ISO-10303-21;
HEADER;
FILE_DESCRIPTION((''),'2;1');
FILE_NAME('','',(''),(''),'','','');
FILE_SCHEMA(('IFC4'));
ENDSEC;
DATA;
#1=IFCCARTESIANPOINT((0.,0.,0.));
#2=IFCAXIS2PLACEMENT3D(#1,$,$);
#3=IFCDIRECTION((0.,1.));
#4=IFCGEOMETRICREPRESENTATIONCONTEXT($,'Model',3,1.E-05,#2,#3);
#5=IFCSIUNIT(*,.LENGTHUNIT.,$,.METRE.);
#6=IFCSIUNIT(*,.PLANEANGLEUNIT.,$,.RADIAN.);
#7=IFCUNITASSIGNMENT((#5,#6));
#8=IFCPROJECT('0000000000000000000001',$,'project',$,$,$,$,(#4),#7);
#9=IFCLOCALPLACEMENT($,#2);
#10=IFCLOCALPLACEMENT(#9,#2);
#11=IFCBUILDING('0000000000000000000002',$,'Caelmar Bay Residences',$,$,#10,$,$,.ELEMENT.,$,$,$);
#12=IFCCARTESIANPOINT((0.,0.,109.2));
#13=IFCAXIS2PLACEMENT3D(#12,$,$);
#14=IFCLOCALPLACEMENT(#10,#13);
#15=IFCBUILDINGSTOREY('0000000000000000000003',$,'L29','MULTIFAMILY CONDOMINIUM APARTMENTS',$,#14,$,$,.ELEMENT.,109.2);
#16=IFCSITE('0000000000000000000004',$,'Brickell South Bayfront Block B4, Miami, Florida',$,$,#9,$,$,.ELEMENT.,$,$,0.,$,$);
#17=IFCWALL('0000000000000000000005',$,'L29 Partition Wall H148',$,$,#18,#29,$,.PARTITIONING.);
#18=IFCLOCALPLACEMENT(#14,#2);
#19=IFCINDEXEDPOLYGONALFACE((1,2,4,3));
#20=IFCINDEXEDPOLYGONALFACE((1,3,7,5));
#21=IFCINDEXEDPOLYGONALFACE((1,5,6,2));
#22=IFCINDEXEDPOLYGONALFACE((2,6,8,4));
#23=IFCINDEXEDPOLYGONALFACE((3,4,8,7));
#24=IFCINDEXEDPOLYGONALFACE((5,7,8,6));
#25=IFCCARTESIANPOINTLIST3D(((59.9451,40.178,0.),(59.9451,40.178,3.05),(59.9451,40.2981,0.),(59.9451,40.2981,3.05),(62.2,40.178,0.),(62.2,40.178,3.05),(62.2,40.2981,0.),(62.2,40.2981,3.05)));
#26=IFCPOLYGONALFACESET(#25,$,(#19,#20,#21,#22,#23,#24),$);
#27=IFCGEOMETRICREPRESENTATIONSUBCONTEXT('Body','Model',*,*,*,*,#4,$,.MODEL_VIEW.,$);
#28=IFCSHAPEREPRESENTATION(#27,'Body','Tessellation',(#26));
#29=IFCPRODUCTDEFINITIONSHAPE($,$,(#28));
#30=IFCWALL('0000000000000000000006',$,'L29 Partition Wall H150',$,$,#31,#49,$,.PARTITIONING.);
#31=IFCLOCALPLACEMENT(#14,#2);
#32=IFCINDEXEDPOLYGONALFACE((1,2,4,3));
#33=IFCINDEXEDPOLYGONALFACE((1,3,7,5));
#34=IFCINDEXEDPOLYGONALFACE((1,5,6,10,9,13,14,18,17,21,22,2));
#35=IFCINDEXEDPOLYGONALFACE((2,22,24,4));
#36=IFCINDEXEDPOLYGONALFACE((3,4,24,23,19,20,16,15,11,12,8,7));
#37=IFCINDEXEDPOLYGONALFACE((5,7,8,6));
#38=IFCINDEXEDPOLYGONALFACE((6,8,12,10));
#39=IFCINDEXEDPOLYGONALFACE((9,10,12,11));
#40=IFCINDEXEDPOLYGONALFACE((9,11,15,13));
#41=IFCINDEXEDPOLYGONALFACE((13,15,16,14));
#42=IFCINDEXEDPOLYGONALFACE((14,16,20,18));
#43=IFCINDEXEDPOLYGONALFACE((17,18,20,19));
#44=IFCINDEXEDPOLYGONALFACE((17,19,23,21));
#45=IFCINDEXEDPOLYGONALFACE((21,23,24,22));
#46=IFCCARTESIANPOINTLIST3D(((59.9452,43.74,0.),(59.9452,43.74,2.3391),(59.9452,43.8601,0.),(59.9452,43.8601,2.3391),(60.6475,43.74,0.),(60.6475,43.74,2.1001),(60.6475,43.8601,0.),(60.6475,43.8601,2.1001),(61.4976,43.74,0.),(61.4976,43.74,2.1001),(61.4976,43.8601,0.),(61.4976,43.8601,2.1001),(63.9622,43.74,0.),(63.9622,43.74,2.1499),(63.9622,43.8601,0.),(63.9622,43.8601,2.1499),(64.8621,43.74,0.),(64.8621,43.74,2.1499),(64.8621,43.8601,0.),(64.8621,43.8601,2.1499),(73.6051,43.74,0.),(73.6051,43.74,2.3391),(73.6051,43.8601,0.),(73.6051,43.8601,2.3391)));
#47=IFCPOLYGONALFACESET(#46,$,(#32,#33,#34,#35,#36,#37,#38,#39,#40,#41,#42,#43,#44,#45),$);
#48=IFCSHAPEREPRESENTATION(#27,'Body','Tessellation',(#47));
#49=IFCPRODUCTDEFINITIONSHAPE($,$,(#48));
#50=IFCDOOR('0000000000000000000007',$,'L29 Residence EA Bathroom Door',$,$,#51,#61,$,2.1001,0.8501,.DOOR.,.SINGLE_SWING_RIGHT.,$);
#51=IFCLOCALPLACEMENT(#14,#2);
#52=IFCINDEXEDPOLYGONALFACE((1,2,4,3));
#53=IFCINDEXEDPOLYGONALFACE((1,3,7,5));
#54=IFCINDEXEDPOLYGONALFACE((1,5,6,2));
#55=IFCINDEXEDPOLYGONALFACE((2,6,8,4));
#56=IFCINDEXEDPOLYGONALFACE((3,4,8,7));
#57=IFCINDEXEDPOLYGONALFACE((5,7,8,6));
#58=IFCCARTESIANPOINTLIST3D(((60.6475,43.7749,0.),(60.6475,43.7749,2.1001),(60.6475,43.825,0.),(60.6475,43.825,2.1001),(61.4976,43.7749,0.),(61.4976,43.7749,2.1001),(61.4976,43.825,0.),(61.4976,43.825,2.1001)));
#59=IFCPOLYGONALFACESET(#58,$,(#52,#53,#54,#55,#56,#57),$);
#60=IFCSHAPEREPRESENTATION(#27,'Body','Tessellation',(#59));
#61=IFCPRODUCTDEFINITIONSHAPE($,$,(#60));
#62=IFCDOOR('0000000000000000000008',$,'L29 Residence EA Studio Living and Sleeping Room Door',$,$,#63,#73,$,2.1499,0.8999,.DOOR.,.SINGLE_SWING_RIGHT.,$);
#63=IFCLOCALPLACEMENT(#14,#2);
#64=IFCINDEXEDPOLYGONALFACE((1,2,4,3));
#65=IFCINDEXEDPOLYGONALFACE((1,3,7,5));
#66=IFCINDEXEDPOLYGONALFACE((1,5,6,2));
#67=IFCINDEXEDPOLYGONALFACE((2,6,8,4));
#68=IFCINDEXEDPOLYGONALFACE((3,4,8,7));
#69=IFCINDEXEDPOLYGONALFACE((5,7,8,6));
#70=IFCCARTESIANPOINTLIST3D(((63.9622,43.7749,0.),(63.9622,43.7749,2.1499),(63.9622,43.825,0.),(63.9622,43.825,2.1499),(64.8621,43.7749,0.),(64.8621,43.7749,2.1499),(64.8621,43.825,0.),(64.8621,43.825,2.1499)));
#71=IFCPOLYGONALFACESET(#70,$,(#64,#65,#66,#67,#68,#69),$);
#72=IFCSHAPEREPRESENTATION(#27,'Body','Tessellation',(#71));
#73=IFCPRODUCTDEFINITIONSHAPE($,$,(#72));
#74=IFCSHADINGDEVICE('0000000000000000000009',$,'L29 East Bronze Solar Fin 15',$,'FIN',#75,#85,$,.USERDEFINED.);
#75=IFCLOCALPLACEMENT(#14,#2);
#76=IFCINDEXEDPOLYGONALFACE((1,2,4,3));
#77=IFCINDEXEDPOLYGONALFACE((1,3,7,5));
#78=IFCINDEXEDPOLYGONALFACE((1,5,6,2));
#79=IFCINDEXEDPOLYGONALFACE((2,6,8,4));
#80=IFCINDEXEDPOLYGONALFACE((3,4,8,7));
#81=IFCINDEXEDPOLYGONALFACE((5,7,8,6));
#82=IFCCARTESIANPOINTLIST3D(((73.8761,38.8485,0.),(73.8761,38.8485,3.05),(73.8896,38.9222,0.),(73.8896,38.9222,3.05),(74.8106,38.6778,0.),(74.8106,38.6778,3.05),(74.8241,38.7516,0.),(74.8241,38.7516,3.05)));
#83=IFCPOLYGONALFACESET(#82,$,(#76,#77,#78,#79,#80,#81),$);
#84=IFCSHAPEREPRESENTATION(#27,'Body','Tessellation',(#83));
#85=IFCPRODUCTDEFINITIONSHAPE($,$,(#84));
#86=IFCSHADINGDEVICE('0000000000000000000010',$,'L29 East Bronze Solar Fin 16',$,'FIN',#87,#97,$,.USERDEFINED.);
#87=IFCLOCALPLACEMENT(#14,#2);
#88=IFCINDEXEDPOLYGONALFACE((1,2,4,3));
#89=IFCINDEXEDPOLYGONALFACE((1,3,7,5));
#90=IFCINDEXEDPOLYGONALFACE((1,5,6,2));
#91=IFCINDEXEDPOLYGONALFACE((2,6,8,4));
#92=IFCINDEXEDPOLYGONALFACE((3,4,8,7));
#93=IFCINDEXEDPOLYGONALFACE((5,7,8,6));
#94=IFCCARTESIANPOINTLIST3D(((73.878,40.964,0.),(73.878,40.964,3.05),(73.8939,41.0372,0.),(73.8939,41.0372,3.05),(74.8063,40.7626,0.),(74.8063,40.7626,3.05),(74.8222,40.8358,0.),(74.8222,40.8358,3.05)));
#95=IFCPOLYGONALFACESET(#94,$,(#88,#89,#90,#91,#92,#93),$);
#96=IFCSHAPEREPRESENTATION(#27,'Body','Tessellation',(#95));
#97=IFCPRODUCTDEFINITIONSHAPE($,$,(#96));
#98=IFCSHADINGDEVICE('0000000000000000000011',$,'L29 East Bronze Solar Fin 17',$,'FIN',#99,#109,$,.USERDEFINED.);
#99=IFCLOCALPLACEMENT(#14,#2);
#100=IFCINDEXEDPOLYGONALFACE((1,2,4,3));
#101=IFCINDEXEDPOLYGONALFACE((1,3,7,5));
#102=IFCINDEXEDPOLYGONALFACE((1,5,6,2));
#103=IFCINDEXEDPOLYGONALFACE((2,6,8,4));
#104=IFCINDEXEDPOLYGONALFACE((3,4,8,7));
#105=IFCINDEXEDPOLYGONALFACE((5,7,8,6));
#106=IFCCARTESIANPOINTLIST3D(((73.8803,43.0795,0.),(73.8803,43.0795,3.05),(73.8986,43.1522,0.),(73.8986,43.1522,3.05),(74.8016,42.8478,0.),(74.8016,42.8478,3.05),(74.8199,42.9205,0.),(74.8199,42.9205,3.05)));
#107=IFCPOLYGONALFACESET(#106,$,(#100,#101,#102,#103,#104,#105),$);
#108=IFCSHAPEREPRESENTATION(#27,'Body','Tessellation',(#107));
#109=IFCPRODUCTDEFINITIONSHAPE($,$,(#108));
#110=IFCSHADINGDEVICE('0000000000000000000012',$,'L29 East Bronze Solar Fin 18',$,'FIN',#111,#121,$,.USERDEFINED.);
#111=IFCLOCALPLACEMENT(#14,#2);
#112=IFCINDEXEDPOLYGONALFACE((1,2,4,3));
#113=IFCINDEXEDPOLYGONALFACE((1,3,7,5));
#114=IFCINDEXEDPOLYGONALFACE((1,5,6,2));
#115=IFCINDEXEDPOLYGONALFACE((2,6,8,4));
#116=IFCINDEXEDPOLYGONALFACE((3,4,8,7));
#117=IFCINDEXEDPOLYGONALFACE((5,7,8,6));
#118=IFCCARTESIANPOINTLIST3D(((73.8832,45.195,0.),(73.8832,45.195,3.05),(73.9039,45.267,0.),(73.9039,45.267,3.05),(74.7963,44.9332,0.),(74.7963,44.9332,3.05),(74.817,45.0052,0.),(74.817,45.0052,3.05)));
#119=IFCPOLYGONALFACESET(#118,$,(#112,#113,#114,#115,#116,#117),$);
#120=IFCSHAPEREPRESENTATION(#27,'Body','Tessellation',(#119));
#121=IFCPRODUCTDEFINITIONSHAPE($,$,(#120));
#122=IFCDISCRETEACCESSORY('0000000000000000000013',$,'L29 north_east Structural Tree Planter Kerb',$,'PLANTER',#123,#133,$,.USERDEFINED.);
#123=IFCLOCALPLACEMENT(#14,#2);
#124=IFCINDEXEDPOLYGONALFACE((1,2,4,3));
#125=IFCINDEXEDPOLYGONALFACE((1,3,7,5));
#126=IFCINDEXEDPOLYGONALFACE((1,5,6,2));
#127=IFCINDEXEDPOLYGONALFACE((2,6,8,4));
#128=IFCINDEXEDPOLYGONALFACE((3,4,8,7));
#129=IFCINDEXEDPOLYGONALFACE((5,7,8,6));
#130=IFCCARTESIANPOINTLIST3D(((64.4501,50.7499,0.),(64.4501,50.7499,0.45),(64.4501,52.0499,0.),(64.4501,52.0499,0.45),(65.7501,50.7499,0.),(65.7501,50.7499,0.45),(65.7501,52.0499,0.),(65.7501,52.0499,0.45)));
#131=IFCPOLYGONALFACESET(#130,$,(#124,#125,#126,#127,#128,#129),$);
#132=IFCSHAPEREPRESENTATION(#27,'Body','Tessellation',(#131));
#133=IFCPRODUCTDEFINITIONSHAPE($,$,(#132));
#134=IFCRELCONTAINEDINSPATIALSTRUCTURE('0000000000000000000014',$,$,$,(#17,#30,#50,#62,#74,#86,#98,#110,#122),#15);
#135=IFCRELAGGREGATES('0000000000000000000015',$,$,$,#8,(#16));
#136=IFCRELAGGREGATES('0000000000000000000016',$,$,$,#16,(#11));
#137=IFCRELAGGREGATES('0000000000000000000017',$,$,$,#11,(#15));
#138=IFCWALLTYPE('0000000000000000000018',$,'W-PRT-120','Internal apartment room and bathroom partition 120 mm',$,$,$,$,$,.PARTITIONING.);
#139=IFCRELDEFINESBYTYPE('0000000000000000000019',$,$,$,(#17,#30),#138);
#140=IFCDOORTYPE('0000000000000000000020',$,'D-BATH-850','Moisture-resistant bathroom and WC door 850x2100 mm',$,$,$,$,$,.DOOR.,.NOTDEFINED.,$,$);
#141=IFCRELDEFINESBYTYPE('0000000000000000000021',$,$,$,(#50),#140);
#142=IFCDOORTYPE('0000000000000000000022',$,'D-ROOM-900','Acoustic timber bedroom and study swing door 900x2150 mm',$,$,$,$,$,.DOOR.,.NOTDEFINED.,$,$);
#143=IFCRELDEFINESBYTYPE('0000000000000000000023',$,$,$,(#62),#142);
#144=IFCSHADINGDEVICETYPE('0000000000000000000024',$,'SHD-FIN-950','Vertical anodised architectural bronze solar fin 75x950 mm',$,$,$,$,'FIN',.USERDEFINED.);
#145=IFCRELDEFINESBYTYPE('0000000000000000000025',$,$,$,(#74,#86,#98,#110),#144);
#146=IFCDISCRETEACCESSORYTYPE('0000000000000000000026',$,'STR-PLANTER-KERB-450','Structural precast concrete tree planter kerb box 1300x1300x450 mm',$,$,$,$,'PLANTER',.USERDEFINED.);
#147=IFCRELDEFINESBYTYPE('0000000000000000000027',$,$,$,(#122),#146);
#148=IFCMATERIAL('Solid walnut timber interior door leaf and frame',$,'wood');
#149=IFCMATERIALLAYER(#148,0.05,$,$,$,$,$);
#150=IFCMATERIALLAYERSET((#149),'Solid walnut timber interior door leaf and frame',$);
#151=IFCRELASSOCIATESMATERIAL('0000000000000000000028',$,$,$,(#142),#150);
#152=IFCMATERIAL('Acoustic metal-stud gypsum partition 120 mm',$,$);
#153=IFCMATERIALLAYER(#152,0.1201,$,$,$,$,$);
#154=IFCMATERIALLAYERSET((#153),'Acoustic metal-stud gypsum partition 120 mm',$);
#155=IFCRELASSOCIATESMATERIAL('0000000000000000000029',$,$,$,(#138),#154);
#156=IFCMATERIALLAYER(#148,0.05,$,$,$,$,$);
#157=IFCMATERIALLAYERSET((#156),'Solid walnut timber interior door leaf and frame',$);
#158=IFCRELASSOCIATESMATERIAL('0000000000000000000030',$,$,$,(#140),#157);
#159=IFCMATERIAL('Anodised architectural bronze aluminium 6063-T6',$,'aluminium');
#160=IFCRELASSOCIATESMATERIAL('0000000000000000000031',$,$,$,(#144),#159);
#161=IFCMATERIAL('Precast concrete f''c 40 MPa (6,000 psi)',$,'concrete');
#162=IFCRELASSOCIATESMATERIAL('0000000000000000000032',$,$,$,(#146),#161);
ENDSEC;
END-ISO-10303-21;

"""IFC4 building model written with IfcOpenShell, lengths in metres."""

from ifc_helpers import new_model, si_unit, direction, frame, frame_2d, origin, origin_2d, place, context, subcontext, project, spatial, rectangle, extrude, material, layer, layer_set, material_profile, profile_set, type_object, element, fill, save


model = new_model("IFC4")

# Units and contexts
model_context = context("Model", 3, precision=1e-05, world=origin(), true_north=direction((0.0, 1.0)))
body_context = subcontext(model_context, "Body", "Model", "MODEL_VIEW")
ifc_project = project(units=[si_unit("LENGTHUNIT", "METRE"), si_unit("PLANEANGLEUNIT", "RADIAN")], contexts=[model_context])

# Site, building, storey
site_placement = place(None, origin())
site = spatial("IfcSite", under=ifc_project, at=site_placement, Name="Brickell South Bayfront Block B4, Miami, Florida", CompositionType="ELEMENT", RefElevation=0.0)
building_placement = place(site_placement, origin())
building = spatial("IfcBuilding", under=site, at=building_placement, Name="Caelmar Bay Residences", CompositionType="ELEMENT")
storey_placement = place(building_placement, frame((0.0, 0.0, 109.2)))
storey = spatial("IfcBuildingStorey", under=building, at=storey_placement, Name="L29", Description="MULTIFAMILY CONDOMINIUM APARTMENTS", CompositionType="ELEMENT", Elevation=109.2)

# Shared definitions
ifc_material_1 = material(Name="Precast concrete f'c 40 MPa (6,000 psi)", Category="concrete")

# Shared definitions
ifc_material_2 = material(Name="Solid walnut timber interior door leaf and frame", Category="wood")
ifc_layer_1 = layer(ifc_material_2, 0.05)
ifc_layer_set_1 = layer_set([ifc_layer_1], Name="Solid walnut timber interior door leaf and frame")
door_type_1 = type_object("IfcDoorType", Name="D-ROOM-900", Description="Acoustic timber bedroom and study swing door 900x2150 mm", OperationType="NOTDEFINED", PredefinedType="DOOR", material=ifc_layer_set_1)
ifc_material_3 = material(Name="Acoustic metal-stud gypsum partition 120 mm")
ifc_layer_2 = layer(ifc_material_3, 0.1201)
ifc_layer_set_2 = layer_set([ifc_layer_2], Name="Acoustic metal-stud gypsum partition 120 mm")
wall_type_1 = type_object("IfcWallType", Name="W-PRT-120", Description="Internal apartment room and bathroom partition 120 mm", PredefinedType="PARTITIONING", material=ifc_layer_set_2)

# Wall
wall_1_placement = place(storey_placement, frame((59.9451, 40.238, 0.0), z_axis=(0.0, 0.0, 1.0), x_axis=(1.0, 0.0, 0.0)))
element("IfcWall", 1, at=wall_1_placement, inside=storey, type_object=wall_type_1, Name="L29 Partition Wall H148", PredefinedType="PARTITIONING", context=body_context, shape_type="SweptSolid", body=[
    extrude(rectangle(XDim=2.2549, YDim=0.1201, at=frame_2d((1.1274, 0.0))), origin(), (0.0, 0.0, 1.0), 3.05),
])

# Wall, openings, doors
wall_2_placement = place(storey_placement, frame((59.9451, 43.8, 0.0), z_axis=(0.0, 0.0, 1.0), x_axis=(1.0, 0.0, 0.0)))
wall_2 = element("IfcWall", 2, at=wall_2_placement, inside=storey, type_object=wall_type_1, Name="L29 Partition Wall H150", PredefinedType="PARTITIONING", context=body_context, shape_type="SweptSolid", body=[
    extrude(rectangle(XDim=13.6599, YDim=0.1201, at=frame_2d((6.8301, 0.0))), origin(), (0.0, 0.0, 1.0), 2.3391),
])
opening_1_placement = place(wall_2_placement, frame((4.0171, 0.0, 0.0)))
opening_1 = element("IfcOpeningElement", 3, at=opening_1_placement, cuts=wall_2, PredefinedType="OPENING", context=body_context, shape_type="SweptSolid", body=[
    extrude(rectangle(XDim=0.8999, YDim=2.1499, at=frame_2d((0.45, 1.075))), frame((0.0, 0.0701, 0.0), z_axis=(0.0, -1.0, 0.0), x_axis=(1.0, 0.0, 0.0)), (0.0, 0.0, 1.0), 0.1401),
])
opening_2_placement = place(wall_2_placement, frame((0.7024, 0.0, 0.0)))
opening_2 = element("IfcOpeningElement", 4, at=opening_2_placement, cuts=wall_2, PredefinedType="OPENING", context=body_context, shape_type="SweptSolid", body=[
    extrude(rectangle(XDim=0.8501, YDim=2.1001, at=frame_2d((0.425, 1.05))), frame((0.0, 0.0701, 0.0), z_axis=(0.0, -1.0, 0.0), x_axis=(1.0, 0.0, 0.0)), (0.0, 0.0, 1.0), 0.1401),
])
ifc_layer_3 = layer(ifc_material_2, 0.05)
ifc_layer_set_3 = layer_set([ifc_layer_3], Name="Solid walnut timber interior door leaf and frame")
door_type_2 = type_object("IfcDoorType", Name="D-BATH-850", Description="Moisture-resistant bathroom and WC door 850x2100 mm", OperationType="NOTDEFINED", PredefinedType="DOOR", material=ifc_layer_set_3)
door_1_placement = place(opening_2_placement, origin())
door_1 = element("IfcDoor", 5, at=door_1_placement, inside=storey, type_object=door_type_2, Name="L29 Residence EA Bathroom Door", OperationType="SINGLE_SWING_RIGHT", OverallHeight=2.1001, OverallWidth=0.8501, PredefinedType="DOOR", context=body_context, shape_type="SweptSolid", body=[
    extrude(rectangle(XDim=0.8501, YDim=2.1001, at=frame_2d((0.425, 1.05))), frame((0.0, 0.0249, 0.0), z_axis=(0.0, -1.0, 0.0), x_axis=(1.0, 0.0, 0.0)), (0.0, 0.0, 1.0), 0.05),
])
fill(opening_2, door_1)
door_2_placement = place(opening_1_placement, origin())
door_2 = element("IfcDoor", 6, at=door_2_placement, inside=storey, type_object=door_type_1, Name="L29 Residence EA Studio Living and Sleeping Room Door", OperationType="SINGLE_SWING_RIGHT", OverallHeight=2.1499, OverallWidth=0.8999, PredefinedType="DOOR", context=body_context, shape_type="SweptSolid", body=[
    extrude(rectangle(XDim=0.8999, YDim=2.1499, at=frame_2d((0.45, 1.075))), frame((0.0, 0.0249, 0.0), z_axis=(0.0, -1.0, 0.0), x_axis=(1.0, 0.0, 0.0)), (0.0, 0.0, 1.0), 0.05),
])
fill(opening_1, door_2)

# Shading devices
ifc_material_4 = material(Name="Anodised architectural bronze aluminium 6063-T6", Category="aluminium")
ifc_material_profile_1 = material_profile(ifc_material_4, rectangle(XDim=0.075, YDim=0.95, at=origin_2d()), Name="BRONZE-FIN-75X950")
ifc_profile_set_1 = profile_set([ifc_material_profile_1], Name="Anodised architectural bronze aluminium 6063-T6")
shading_device_type = type_object("IfcShadingDeviceType", Name="SHD-FIN-950", Description="Vertical anodised architectural bronze solar fin 75x950 mm", ElementType="FIN", PredefinedType="USERDEFINED", material=ifc_profile_set_1)
for number, where, z_axis, x_axis, name in (
    (7, (74.3501, 38.8, 0.0), (0.0, 0.0, 1.0), (0.179661, 0.983729, 0.0), "L29 East Bronze Solar Fin 15"),
    (8, (74.3501, 40.8999, 0.0), (0.0, 0.0, 1.0), (0.212007, 0.977268, 0.0), "L29 East Bronze Solar Fin 16"),
    (9, (74.3501, 43.0, 0.0), (0.0, 0.0, 1.0), (0.243954, 0.969787, 0.0), "L29 East Bronze Solar Fin 17"),
    (10, (74.3501, 45.1001, 0.0), (0.0, 0.0, 1.0), (0.275637, 0.961262, 0.0), "L29 East Bronze Solar Fin 18"),
):
    element("IfcShadingDevice", number, at=place(storey_placement, frame(where, z_axis=z_axis, x_axis=x_axis)), inside=storey, type_object=shading_device_type, Name=name, ObjectType="FIN", PredefinedType="USERDEFINED", context=body_context, shape_type="SweptSolid", body=[
        extrude(rectangle(XDim=0.075, YDim=0.95, at=origin_2d()), origin(), (0.0, 0.0, 1.0), 3.05),
    ])

# Discrete accessory
discrete_accessory_type = type_object("IfcDiscreteAccessoryType", Name="STR-PLANTER-KERB-450", Description="Structural precast concrete tree planter kerb box 1300x1300x450 mm", ElementType="PLANTER", PredefinedType="USERDEFINED", material=ifc_material_1)
discrete_accessory_placement = place(storey_placement, frame((65.1001, 51.3999, 0.0), z_axis=(0.0, 0.0, 1.0), x_axis=(1.0, 0.0, 0.0)))
element("IfcDiscreteAccessory", 11, at=discrete_accessory_placement, inside=storey, type_object=discrete_accessory_type, Name="L29 north_east Structural Tree Planter Kerb", ObjectType="PLANTER", PredefinedType="USERDEFINED", context=body_context, shape_type="SweptSolid", body=[
    extrude(rectangle(XDim=1.3, YDim=1.3, at=origin_2d()), origin(), (0.0, 0.0, 1.0), 0.45),
])

save(model, "model.ifc")
